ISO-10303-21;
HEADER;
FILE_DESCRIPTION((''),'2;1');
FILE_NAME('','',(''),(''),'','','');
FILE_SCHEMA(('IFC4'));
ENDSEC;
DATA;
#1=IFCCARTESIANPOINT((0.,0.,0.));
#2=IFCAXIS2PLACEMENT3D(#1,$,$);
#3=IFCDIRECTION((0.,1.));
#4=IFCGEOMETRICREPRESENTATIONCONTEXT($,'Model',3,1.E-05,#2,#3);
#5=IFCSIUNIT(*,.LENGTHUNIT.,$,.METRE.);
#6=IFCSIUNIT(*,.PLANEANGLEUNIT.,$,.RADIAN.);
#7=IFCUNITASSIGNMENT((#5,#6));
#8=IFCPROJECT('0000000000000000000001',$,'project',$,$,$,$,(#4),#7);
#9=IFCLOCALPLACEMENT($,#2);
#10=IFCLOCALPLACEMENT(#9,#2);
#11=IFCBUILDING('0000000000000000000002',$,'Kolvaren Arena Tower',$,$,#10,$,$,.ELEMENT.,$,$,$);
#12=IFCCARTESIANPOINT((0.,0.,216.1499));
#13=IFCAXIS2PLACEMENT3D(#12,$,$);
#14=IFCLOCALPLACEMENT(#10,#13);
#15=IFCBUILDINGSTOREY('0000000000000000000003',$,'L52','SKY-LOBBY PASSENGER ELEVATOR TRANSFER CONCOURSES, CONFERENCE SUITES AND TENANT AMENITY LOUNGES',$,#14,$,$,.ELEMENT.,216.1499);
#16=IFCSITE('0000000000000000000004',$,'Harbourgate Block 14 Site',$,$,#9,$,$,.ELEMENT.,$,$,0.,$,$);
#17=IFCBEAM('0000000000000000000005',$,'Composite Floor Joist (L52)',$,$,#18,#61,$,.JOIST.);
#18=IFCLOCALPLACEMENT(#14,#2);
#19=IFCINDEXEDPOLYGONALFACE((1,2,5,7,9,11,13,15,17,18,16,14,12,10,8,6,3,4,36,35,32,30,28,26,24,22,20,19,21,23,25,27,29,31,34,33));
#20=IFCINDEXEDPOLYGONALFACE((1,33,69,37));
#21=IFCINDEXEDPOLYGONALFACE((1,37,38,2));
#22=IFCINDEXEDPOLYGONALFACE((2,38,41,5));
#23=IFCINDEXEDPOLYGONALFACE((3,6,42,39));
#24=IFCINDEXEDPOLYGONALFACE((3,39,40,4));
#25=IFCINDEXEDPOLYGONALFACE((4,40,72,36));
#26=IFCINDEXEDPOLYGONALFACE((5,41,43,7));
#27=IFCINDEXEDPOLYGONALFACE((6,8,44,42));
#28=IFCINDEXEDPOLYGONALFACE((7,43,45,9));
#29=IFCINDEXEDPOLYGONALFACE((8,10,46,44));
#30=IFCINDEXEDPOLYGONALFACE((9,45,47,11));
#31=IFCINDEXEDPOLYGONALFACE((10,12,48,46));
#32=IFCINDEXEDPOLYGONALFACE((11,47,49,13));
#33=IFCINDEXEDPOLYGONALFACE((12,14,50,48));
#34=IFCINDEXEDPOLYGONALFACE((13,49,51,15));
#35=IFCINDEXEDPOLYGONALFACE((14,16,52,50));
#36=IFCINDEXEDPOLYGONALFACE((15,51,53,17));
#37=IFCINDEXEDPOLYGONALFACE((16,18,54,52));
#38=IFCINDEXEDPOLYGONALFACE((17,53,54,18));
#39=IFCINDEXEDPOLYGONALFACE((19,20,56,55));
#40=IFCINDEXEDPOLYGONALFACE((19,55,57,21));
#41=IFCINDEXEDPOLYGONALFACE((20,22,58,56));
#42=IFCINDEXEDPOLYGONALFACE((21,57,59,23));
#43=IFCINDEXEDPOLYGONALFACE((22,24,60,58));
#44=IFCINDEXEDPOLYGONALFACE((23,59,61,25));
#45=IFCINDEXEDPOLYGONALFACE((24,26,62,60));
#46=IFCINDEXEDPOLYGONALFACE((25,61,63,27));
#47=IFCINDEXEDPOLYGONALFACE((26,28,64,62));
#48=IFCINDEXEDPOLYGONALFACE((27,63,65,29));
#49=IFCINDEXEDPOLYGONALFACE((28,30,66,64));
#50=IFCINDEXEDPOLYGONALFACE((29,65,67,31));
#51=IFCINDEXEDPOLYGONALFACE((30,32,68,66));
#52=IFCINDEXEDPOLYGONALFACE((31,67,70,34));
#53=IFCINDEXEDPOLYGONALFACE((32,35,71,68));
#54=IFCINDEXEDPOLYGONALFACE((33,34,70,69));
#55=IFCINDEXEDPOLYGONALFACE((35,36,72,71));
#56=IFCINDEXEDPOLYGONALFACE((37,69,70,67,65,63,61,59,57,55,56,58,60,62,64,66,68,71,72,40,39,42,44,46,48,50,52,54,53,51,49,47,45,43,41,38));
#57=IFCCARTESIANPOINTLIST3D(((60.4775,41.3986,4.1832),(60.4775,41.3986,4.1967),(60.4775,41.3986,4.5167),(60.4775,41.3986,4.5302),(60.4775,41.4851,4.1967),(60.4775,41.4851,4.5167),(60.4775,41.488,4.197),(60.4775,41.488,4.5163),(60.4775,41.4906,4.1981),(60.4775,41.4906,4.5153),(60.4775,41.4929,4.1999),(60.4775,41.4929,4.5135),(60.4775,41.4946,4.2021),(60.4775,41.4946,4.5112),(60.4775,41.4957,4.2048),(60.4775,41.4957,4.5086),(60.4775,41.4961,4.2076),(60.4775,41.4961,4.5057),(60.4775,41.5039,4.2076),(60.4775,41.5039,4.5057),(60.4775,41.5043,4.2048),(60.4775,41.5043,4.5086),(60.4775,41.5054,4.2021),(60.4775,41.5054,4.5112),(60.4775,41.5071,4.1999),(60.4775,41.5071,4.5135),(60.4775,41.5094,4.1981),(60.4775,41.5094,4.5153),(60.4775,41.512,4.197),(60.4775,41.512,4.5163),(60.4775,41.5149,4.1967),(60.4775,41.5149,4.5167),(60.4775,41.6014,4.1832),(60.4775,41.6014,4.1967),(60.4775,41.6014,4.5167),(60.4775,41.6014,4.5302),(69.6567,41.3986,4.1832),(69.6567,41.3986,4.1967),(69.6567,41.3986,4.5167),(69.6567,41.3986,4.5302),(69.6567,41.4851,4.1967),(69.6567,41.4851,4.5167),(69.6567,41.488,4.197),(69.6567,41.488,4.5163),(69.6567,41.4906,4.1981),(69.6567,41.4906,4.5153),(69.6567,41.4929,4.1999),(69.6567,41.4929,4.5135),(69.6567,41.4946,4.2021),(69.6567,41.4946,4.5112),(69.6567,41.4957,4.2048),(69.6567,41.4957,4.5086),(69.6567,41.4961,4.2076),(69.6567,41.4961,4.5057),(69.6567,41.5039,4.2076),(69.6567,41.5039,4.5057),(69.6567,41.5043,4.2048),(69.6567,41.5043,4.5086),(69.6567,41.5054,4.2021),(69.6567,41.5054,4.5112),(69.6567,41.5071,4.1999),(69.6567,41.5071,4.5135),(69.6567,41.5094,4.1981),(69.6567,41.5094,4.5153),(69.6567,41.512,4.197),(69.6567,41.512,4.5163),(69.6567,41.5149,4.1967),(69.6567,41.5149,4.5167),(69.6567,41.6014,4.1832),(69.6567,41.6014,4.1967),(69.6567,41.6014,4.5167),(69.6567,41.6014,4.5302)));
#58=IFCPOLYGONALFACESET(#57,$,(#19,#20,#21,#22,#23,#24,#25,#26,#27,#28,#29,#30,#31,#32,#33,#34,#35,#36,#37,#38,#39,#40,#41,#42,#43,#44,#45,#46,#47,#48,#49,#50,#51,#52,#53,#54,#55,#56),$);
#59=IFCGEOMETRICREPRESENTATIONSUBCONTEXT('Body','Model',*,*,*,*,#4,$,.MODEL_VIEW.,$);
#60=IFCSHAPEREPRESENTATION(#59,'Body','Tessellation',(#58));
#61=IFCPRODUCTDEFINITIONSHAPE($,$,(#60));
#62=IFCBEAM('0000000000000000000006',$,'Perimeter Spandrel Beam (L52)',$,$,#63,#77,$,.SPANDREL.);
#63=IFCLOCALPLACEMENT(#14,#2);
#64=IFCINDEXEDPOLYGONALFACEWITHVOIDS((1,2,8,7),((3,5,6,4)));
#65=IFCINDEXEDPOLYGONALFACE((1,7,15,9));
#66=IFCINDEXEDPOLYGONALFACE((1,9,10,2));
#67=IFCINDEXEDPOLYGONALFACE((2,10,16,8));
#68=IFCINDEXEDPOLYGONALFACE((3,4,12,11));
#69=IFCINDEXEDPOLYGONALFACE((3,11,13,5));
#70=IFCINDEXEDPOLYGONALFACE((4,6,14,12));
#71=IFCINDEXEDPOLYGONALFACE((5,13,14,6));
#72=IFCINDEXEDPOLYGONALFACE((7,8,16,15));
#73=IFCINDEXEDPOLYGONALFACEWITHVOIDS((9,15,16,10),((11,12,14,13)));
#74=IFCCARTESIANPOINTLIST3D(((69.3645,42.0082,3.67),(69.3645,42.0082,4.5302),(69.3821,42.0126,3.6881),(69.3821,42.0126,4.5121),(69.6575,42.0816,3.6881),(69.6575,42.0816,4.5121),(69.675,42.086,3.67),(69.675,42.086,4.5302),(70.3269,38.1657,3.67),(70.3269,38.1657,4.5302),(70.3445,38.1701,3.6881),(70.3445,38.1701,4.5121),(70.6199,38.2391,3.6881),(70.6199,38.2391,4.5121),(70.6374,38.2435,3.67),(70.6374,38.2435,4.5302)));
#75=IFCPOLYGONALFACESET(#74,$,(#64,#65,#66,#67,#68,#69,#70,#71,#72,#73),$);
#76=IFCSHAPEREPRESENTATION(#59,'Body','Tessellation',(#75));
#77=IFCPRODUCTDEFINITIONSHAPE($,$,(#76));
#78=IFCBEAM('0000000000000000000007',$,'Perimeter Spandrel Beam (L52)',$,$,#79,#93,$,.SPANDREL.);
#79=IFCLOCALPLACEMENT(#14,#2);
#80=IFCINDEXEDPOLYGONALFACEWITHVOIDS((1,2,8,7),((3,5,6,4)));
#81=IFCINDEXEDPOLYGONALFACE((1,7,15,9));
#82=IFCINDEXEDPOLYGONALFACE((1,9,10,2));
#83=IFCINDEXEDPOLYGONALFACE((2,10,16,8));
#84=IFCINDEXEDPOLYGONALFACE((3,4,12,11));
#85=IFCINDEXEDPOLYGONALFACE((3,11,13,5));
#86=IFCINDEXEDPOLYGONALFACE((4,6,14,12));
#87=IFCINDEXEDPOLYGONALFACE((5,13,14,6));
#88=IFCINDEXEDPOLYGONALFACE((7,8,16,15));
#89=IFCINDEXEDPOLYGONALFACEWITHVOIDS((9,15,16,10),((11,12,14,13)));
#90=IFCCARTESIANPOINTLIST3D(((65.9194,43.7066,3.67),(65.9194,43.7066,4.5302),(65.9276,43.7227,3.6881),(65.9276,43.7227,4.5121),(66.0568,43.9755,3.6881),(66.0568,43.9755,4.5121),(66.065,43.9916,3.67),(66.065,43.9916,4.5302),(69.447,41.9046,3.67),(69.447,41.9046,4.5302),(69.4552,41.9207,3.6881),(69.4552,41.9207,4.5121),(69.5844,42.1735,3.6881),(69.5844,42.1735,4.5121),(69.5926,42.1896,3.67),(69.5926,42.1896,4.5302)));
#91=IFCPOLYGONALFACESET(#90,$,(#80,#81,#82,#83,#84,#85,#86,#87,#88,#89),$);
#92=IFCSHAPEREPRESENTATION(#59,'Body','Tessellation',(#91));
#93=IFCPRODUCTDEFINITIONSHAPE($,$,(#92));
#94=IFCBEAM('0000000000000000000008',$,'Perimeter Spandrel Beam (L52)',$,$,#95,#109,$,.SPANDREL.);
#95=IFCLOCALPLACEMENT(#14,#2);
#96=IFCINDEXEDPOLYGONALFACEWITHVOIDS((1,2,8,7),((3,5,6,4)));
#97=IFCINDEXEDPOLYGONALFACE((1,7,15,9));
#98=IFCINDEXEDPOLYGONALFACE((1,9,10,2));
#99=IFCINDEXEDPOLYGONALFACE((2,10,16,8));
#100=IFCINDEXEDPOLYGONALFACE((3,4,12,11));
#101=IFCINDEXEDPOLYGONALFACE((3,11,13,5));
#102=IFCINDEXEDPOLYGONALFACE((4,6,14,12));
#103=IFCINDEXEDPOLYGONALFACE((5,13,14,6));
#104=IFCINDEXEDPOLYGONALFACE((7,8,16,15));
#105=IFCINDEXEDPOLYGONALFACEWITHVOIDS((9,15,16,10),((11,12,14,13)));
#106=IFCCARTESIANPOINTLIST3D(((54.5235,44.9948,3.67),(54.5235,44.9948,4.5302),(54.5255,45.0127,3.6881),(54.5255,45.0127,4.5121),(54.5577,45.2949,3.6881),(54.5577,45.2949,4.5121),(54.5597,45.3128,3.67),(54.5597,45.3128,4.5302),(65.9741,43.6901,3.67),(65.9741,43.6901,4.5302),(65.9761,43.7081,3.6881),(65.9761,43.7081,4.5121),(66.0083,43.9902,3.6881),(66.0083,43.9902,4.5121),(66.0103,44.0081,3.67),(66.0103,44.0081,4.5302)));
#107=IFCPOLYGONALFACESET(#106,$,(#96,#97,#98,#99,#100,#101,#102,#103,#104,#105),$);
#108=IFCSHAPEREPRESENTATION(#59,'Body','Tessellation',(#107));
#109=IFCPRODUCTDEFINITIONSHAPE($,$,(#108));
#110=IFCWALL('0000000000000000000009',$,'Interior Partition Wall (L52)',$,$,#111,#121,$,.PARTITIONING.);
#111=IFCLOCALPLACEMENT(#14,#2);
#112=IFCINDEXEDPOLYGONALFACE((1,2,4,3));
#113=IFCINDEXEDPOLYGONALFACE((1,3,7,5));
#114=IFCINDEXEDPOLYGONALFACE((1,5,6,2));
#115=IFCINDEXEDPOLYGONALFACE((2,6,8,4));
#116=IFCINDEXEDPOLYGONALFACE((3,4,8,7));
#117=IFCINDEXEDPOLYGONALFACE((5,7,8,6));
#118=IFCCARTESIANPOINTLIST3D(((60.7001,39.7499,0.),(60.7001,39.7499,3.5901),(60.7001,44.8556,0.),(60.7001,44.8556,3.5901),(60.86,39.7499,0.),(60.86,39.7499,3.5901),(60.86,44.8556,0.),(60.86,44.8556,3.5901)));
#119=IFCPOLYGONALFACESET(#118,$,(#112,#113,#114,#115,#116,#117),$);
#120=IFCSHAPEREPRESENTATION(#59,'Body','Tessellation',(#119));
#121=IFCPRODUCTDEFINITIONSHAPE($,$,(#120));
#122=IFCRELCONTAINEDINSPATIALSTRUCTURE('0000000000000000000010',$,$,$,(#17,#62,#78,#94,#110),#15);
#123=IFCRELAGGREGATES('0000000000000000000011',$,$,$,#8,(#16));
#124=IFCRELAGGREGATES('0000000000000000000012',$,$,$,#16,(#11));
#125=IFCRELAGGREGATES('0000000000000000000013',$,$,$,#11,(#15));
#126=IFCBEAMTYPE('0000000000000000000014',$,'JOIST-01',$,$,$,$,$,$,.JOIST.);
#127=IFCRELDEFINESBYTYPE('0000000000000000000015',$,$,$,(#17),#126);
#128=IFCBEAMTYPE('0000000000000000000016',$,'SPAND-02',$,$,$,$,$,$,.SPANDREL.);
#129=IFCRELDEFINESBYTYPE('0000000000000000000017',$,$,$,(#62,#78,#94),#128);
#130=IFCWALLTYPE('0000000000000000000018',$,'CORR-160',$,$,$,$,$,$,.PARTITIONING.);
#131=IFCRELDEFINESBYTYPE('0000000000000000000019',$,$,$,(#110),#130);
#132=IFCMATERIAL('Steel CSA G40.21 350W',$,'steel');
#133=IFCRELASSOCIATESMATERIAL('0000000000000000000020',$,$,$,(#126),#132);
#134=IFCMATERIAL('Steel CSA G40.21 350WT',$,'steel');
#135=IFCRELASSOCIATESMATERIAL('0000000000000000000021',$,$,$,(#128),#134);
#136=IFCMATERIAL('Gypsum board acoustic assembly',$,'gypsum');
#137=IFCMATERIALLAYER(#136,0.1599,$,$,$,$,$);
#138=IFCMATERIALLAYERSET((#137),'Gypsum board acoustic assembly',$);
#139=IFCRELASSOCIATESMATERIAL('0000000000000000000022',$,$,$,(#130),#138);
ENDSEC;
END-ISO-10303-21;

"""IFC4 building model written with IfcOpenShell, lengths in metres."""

from ifc_helpers import new_model, si_unit, direction, frame, frame_2d, origin, origin_2d, place, context, subcontext, project, spatial, rectangle, hollow_rectangle, i_section, extrude, material, layer, layer_set, material_profile, profile_set, type_object, element, save


model = new_model("IFC4")

# Units and contexts
model_context = context("Model", 3, precision=1e-05, world=origin(), true_north=direction((0.0, 1.0)))
body_context = subcontext(model_context, "Body", "Model", "MODEL_VIEW")
ifc_project = project(units=[si_unit("LENGTHUNIT", "METRE"), si_unit("PLANEANGLEUNIT", "RADIAN")], contexts=[model_context])

# Site, building, storey
site_placement = place(None, origin())
site = spatial("IfcSite", under=ifc_project, at=site_placement, Name="Harbourgate Block 14 Site", CompositionType="ELEMENT", RefElevation=0.0)
building_placement = place(site_placement, origin())
building = spatial("IfcBuilding", under=site, at=building_placement, Name="Kolvaren Arena Tower", CompositionType="ELEMENT")
storey_placement = place(building_placement, frame((0.0, 0.0, 216.1499)))
storey = spatial("IfcBuildingStorey", under=building, at=storey_placement, Name="L52", Description="SKY-LOBBY PASSENGER ELEVATOR TRANSFER CONCOURSES, CONFERENCE SUITES AND TENANT AMENITY LOUNGES", CompositionType="ELEMENT", Elevation=216.1499)

# Beams
ifc_material_1 = material(Name="Steel CSA G40.21 350W", Category="steel")
ifc_material_profile_1 = material_profile(ifc_material_1, i_section(OverallWidth=0.2029, OverallDepth=0.3469, WebThickness=0.0078, FlangeThickness=0.0134, FilletRadius=0.011, at=origin_2d()), Name="W360x64")
ifc_profile_set_1 = profile_set([ifc_material_profile_1], Name="Steel CSA G40.21 350W")
beam_type_1 = type_object("IfcBeamType", Name="JOIST-01", PredefinedType="JOIST", material=ifc_profile_set_1)
beam_1_placement = place(storey_placement, frame((60.4775, 41.5, 4.3567), z_axis=(1.0, 0.0, 0.0), x_axis=(0.0, 1.0, 0.0)))
element("IfcBeam", 1, at=beam_1_placement, inside=storey, type_object=beam_type_1, Name="Composite Floor Joist (L52)", PredefinedType="JOIST", context=body_context, shape_type="SweptSolid", body=[
    extrude(i_section(OverallWidth=0.2029, OverallDepth=0.3469, WebThickness=0.0078, FlangeThickness=0.0134, FilletRadius=0.011, at=origin_2d()), origin(), (0.0, 0.0, 1.0), 9.1792),
])
ifc_material_2 = material(Name="Steel CSA G40.21 350WT", Category="steel")
ifc_material_profile_2 = material_profile(ifc_material_2, hollow_rectangle(XDim=0.3201, YDim=0.8601, WallThickness=0.0181, at=origin_2d()), Name="HSS 860x320x18")
ifc_profile_set_2 = profile_set([ifc_material_profile_2], Name="Steel CSA G40.21 350WT")
beam_type_2 = type_object("IfcBeamType", Name="SPAND-02", PredefinedType="SPANDREL", material=ifc_profile_set_2)
for number, where, z_axis, x_axis, name in (
    (2, (70.4822, 38.2046, 4.1001), (-0.242956, 0.970037, 0.0), (-0.970037, -0.242956, 0.0), "Perimeter Spandrel Beam (L52)"),
    (3, (69.5198, 42.0471, 4.1001), (-0.890536, 0.454913, 0.0), (-0.454913, -0.890536, 0.0), "Perimeter Spandrel Beam (L52)"),
):
    element("IfcBeam", number, at=place(storey_placement, frame(where, z_axis=z_axis, x_axis=x_axis)), inside=storey, type_object=beam_type_2, Name=name, PredefinedType="SPANDREL", context=body_context, shape_type="SweptSolid", body=[
        extrude(hollow_rectangle(XDim=0.3201, YDim=0.8601, WallThickness=0.0181, at=origin_2d()), origin(), (0.0, 0.0, 1.0), 3.9612),
    ])
beam_2_placement = place(storey_placement, frame((65.9922, 43.8491, 4.1001), z_axis=(-0.993571, 0.113207, 0.0), x_axis=(-0.113207, -0.993571, 0.0)))
element("IfcBeam", 4, at=beam_2_placement, inside=storey, type_object=beam_type_2, Name="Perimeter Spandrel Beam (L52)", PredefinedType="SPANDREL", context=body_context, shape_type="SweptSolid", body=[
    extrude(hollow_rectangle(XDim=0.3201, YDim=0.8601, WallThickness=0.0181, at=origin_2d()), origin(), (0.0, 0.0, 1.0), 11.5247),
])

# Wall
ifc_material_3 = material(Name="Gypsum board acoustic assembly", Category="gypsum")
ifc_layer_1 = layer(ifc_material_3, 0.1599)
ifc_layer_set_1 = layer_set([ifc_layer_1], Name="Gypsum board acoustic assembly")
wall_type_1 = type_object("IfcWallType", Name="CORR-160", PredefinedType="PARTITIONING", material=ifc_layer_set_1)
wall_1_placement = place(storey_placement, frame((60.78, 39.75, 0.0), z_axis=(0.0, 0.0, 1.0), x_axis=(0.0, 1.0, 0.0)))
element("IfcWall", 5, at=wall_1_placement, inside=storey, type_object=wall_type_1, Name="Interior Partition Wall (L52)", PredefinedType="PARTITIONING", context=body_context, shape_type="SweptSolid", body=[
    extrude(rectangle(XDim=5.1057, YDim=0.1599, at=frame_2d((2.5527, 0.0))), origin(), (0.0, 0.0, 1.0), 3.5901),
])

save(model, "model.ifc")
